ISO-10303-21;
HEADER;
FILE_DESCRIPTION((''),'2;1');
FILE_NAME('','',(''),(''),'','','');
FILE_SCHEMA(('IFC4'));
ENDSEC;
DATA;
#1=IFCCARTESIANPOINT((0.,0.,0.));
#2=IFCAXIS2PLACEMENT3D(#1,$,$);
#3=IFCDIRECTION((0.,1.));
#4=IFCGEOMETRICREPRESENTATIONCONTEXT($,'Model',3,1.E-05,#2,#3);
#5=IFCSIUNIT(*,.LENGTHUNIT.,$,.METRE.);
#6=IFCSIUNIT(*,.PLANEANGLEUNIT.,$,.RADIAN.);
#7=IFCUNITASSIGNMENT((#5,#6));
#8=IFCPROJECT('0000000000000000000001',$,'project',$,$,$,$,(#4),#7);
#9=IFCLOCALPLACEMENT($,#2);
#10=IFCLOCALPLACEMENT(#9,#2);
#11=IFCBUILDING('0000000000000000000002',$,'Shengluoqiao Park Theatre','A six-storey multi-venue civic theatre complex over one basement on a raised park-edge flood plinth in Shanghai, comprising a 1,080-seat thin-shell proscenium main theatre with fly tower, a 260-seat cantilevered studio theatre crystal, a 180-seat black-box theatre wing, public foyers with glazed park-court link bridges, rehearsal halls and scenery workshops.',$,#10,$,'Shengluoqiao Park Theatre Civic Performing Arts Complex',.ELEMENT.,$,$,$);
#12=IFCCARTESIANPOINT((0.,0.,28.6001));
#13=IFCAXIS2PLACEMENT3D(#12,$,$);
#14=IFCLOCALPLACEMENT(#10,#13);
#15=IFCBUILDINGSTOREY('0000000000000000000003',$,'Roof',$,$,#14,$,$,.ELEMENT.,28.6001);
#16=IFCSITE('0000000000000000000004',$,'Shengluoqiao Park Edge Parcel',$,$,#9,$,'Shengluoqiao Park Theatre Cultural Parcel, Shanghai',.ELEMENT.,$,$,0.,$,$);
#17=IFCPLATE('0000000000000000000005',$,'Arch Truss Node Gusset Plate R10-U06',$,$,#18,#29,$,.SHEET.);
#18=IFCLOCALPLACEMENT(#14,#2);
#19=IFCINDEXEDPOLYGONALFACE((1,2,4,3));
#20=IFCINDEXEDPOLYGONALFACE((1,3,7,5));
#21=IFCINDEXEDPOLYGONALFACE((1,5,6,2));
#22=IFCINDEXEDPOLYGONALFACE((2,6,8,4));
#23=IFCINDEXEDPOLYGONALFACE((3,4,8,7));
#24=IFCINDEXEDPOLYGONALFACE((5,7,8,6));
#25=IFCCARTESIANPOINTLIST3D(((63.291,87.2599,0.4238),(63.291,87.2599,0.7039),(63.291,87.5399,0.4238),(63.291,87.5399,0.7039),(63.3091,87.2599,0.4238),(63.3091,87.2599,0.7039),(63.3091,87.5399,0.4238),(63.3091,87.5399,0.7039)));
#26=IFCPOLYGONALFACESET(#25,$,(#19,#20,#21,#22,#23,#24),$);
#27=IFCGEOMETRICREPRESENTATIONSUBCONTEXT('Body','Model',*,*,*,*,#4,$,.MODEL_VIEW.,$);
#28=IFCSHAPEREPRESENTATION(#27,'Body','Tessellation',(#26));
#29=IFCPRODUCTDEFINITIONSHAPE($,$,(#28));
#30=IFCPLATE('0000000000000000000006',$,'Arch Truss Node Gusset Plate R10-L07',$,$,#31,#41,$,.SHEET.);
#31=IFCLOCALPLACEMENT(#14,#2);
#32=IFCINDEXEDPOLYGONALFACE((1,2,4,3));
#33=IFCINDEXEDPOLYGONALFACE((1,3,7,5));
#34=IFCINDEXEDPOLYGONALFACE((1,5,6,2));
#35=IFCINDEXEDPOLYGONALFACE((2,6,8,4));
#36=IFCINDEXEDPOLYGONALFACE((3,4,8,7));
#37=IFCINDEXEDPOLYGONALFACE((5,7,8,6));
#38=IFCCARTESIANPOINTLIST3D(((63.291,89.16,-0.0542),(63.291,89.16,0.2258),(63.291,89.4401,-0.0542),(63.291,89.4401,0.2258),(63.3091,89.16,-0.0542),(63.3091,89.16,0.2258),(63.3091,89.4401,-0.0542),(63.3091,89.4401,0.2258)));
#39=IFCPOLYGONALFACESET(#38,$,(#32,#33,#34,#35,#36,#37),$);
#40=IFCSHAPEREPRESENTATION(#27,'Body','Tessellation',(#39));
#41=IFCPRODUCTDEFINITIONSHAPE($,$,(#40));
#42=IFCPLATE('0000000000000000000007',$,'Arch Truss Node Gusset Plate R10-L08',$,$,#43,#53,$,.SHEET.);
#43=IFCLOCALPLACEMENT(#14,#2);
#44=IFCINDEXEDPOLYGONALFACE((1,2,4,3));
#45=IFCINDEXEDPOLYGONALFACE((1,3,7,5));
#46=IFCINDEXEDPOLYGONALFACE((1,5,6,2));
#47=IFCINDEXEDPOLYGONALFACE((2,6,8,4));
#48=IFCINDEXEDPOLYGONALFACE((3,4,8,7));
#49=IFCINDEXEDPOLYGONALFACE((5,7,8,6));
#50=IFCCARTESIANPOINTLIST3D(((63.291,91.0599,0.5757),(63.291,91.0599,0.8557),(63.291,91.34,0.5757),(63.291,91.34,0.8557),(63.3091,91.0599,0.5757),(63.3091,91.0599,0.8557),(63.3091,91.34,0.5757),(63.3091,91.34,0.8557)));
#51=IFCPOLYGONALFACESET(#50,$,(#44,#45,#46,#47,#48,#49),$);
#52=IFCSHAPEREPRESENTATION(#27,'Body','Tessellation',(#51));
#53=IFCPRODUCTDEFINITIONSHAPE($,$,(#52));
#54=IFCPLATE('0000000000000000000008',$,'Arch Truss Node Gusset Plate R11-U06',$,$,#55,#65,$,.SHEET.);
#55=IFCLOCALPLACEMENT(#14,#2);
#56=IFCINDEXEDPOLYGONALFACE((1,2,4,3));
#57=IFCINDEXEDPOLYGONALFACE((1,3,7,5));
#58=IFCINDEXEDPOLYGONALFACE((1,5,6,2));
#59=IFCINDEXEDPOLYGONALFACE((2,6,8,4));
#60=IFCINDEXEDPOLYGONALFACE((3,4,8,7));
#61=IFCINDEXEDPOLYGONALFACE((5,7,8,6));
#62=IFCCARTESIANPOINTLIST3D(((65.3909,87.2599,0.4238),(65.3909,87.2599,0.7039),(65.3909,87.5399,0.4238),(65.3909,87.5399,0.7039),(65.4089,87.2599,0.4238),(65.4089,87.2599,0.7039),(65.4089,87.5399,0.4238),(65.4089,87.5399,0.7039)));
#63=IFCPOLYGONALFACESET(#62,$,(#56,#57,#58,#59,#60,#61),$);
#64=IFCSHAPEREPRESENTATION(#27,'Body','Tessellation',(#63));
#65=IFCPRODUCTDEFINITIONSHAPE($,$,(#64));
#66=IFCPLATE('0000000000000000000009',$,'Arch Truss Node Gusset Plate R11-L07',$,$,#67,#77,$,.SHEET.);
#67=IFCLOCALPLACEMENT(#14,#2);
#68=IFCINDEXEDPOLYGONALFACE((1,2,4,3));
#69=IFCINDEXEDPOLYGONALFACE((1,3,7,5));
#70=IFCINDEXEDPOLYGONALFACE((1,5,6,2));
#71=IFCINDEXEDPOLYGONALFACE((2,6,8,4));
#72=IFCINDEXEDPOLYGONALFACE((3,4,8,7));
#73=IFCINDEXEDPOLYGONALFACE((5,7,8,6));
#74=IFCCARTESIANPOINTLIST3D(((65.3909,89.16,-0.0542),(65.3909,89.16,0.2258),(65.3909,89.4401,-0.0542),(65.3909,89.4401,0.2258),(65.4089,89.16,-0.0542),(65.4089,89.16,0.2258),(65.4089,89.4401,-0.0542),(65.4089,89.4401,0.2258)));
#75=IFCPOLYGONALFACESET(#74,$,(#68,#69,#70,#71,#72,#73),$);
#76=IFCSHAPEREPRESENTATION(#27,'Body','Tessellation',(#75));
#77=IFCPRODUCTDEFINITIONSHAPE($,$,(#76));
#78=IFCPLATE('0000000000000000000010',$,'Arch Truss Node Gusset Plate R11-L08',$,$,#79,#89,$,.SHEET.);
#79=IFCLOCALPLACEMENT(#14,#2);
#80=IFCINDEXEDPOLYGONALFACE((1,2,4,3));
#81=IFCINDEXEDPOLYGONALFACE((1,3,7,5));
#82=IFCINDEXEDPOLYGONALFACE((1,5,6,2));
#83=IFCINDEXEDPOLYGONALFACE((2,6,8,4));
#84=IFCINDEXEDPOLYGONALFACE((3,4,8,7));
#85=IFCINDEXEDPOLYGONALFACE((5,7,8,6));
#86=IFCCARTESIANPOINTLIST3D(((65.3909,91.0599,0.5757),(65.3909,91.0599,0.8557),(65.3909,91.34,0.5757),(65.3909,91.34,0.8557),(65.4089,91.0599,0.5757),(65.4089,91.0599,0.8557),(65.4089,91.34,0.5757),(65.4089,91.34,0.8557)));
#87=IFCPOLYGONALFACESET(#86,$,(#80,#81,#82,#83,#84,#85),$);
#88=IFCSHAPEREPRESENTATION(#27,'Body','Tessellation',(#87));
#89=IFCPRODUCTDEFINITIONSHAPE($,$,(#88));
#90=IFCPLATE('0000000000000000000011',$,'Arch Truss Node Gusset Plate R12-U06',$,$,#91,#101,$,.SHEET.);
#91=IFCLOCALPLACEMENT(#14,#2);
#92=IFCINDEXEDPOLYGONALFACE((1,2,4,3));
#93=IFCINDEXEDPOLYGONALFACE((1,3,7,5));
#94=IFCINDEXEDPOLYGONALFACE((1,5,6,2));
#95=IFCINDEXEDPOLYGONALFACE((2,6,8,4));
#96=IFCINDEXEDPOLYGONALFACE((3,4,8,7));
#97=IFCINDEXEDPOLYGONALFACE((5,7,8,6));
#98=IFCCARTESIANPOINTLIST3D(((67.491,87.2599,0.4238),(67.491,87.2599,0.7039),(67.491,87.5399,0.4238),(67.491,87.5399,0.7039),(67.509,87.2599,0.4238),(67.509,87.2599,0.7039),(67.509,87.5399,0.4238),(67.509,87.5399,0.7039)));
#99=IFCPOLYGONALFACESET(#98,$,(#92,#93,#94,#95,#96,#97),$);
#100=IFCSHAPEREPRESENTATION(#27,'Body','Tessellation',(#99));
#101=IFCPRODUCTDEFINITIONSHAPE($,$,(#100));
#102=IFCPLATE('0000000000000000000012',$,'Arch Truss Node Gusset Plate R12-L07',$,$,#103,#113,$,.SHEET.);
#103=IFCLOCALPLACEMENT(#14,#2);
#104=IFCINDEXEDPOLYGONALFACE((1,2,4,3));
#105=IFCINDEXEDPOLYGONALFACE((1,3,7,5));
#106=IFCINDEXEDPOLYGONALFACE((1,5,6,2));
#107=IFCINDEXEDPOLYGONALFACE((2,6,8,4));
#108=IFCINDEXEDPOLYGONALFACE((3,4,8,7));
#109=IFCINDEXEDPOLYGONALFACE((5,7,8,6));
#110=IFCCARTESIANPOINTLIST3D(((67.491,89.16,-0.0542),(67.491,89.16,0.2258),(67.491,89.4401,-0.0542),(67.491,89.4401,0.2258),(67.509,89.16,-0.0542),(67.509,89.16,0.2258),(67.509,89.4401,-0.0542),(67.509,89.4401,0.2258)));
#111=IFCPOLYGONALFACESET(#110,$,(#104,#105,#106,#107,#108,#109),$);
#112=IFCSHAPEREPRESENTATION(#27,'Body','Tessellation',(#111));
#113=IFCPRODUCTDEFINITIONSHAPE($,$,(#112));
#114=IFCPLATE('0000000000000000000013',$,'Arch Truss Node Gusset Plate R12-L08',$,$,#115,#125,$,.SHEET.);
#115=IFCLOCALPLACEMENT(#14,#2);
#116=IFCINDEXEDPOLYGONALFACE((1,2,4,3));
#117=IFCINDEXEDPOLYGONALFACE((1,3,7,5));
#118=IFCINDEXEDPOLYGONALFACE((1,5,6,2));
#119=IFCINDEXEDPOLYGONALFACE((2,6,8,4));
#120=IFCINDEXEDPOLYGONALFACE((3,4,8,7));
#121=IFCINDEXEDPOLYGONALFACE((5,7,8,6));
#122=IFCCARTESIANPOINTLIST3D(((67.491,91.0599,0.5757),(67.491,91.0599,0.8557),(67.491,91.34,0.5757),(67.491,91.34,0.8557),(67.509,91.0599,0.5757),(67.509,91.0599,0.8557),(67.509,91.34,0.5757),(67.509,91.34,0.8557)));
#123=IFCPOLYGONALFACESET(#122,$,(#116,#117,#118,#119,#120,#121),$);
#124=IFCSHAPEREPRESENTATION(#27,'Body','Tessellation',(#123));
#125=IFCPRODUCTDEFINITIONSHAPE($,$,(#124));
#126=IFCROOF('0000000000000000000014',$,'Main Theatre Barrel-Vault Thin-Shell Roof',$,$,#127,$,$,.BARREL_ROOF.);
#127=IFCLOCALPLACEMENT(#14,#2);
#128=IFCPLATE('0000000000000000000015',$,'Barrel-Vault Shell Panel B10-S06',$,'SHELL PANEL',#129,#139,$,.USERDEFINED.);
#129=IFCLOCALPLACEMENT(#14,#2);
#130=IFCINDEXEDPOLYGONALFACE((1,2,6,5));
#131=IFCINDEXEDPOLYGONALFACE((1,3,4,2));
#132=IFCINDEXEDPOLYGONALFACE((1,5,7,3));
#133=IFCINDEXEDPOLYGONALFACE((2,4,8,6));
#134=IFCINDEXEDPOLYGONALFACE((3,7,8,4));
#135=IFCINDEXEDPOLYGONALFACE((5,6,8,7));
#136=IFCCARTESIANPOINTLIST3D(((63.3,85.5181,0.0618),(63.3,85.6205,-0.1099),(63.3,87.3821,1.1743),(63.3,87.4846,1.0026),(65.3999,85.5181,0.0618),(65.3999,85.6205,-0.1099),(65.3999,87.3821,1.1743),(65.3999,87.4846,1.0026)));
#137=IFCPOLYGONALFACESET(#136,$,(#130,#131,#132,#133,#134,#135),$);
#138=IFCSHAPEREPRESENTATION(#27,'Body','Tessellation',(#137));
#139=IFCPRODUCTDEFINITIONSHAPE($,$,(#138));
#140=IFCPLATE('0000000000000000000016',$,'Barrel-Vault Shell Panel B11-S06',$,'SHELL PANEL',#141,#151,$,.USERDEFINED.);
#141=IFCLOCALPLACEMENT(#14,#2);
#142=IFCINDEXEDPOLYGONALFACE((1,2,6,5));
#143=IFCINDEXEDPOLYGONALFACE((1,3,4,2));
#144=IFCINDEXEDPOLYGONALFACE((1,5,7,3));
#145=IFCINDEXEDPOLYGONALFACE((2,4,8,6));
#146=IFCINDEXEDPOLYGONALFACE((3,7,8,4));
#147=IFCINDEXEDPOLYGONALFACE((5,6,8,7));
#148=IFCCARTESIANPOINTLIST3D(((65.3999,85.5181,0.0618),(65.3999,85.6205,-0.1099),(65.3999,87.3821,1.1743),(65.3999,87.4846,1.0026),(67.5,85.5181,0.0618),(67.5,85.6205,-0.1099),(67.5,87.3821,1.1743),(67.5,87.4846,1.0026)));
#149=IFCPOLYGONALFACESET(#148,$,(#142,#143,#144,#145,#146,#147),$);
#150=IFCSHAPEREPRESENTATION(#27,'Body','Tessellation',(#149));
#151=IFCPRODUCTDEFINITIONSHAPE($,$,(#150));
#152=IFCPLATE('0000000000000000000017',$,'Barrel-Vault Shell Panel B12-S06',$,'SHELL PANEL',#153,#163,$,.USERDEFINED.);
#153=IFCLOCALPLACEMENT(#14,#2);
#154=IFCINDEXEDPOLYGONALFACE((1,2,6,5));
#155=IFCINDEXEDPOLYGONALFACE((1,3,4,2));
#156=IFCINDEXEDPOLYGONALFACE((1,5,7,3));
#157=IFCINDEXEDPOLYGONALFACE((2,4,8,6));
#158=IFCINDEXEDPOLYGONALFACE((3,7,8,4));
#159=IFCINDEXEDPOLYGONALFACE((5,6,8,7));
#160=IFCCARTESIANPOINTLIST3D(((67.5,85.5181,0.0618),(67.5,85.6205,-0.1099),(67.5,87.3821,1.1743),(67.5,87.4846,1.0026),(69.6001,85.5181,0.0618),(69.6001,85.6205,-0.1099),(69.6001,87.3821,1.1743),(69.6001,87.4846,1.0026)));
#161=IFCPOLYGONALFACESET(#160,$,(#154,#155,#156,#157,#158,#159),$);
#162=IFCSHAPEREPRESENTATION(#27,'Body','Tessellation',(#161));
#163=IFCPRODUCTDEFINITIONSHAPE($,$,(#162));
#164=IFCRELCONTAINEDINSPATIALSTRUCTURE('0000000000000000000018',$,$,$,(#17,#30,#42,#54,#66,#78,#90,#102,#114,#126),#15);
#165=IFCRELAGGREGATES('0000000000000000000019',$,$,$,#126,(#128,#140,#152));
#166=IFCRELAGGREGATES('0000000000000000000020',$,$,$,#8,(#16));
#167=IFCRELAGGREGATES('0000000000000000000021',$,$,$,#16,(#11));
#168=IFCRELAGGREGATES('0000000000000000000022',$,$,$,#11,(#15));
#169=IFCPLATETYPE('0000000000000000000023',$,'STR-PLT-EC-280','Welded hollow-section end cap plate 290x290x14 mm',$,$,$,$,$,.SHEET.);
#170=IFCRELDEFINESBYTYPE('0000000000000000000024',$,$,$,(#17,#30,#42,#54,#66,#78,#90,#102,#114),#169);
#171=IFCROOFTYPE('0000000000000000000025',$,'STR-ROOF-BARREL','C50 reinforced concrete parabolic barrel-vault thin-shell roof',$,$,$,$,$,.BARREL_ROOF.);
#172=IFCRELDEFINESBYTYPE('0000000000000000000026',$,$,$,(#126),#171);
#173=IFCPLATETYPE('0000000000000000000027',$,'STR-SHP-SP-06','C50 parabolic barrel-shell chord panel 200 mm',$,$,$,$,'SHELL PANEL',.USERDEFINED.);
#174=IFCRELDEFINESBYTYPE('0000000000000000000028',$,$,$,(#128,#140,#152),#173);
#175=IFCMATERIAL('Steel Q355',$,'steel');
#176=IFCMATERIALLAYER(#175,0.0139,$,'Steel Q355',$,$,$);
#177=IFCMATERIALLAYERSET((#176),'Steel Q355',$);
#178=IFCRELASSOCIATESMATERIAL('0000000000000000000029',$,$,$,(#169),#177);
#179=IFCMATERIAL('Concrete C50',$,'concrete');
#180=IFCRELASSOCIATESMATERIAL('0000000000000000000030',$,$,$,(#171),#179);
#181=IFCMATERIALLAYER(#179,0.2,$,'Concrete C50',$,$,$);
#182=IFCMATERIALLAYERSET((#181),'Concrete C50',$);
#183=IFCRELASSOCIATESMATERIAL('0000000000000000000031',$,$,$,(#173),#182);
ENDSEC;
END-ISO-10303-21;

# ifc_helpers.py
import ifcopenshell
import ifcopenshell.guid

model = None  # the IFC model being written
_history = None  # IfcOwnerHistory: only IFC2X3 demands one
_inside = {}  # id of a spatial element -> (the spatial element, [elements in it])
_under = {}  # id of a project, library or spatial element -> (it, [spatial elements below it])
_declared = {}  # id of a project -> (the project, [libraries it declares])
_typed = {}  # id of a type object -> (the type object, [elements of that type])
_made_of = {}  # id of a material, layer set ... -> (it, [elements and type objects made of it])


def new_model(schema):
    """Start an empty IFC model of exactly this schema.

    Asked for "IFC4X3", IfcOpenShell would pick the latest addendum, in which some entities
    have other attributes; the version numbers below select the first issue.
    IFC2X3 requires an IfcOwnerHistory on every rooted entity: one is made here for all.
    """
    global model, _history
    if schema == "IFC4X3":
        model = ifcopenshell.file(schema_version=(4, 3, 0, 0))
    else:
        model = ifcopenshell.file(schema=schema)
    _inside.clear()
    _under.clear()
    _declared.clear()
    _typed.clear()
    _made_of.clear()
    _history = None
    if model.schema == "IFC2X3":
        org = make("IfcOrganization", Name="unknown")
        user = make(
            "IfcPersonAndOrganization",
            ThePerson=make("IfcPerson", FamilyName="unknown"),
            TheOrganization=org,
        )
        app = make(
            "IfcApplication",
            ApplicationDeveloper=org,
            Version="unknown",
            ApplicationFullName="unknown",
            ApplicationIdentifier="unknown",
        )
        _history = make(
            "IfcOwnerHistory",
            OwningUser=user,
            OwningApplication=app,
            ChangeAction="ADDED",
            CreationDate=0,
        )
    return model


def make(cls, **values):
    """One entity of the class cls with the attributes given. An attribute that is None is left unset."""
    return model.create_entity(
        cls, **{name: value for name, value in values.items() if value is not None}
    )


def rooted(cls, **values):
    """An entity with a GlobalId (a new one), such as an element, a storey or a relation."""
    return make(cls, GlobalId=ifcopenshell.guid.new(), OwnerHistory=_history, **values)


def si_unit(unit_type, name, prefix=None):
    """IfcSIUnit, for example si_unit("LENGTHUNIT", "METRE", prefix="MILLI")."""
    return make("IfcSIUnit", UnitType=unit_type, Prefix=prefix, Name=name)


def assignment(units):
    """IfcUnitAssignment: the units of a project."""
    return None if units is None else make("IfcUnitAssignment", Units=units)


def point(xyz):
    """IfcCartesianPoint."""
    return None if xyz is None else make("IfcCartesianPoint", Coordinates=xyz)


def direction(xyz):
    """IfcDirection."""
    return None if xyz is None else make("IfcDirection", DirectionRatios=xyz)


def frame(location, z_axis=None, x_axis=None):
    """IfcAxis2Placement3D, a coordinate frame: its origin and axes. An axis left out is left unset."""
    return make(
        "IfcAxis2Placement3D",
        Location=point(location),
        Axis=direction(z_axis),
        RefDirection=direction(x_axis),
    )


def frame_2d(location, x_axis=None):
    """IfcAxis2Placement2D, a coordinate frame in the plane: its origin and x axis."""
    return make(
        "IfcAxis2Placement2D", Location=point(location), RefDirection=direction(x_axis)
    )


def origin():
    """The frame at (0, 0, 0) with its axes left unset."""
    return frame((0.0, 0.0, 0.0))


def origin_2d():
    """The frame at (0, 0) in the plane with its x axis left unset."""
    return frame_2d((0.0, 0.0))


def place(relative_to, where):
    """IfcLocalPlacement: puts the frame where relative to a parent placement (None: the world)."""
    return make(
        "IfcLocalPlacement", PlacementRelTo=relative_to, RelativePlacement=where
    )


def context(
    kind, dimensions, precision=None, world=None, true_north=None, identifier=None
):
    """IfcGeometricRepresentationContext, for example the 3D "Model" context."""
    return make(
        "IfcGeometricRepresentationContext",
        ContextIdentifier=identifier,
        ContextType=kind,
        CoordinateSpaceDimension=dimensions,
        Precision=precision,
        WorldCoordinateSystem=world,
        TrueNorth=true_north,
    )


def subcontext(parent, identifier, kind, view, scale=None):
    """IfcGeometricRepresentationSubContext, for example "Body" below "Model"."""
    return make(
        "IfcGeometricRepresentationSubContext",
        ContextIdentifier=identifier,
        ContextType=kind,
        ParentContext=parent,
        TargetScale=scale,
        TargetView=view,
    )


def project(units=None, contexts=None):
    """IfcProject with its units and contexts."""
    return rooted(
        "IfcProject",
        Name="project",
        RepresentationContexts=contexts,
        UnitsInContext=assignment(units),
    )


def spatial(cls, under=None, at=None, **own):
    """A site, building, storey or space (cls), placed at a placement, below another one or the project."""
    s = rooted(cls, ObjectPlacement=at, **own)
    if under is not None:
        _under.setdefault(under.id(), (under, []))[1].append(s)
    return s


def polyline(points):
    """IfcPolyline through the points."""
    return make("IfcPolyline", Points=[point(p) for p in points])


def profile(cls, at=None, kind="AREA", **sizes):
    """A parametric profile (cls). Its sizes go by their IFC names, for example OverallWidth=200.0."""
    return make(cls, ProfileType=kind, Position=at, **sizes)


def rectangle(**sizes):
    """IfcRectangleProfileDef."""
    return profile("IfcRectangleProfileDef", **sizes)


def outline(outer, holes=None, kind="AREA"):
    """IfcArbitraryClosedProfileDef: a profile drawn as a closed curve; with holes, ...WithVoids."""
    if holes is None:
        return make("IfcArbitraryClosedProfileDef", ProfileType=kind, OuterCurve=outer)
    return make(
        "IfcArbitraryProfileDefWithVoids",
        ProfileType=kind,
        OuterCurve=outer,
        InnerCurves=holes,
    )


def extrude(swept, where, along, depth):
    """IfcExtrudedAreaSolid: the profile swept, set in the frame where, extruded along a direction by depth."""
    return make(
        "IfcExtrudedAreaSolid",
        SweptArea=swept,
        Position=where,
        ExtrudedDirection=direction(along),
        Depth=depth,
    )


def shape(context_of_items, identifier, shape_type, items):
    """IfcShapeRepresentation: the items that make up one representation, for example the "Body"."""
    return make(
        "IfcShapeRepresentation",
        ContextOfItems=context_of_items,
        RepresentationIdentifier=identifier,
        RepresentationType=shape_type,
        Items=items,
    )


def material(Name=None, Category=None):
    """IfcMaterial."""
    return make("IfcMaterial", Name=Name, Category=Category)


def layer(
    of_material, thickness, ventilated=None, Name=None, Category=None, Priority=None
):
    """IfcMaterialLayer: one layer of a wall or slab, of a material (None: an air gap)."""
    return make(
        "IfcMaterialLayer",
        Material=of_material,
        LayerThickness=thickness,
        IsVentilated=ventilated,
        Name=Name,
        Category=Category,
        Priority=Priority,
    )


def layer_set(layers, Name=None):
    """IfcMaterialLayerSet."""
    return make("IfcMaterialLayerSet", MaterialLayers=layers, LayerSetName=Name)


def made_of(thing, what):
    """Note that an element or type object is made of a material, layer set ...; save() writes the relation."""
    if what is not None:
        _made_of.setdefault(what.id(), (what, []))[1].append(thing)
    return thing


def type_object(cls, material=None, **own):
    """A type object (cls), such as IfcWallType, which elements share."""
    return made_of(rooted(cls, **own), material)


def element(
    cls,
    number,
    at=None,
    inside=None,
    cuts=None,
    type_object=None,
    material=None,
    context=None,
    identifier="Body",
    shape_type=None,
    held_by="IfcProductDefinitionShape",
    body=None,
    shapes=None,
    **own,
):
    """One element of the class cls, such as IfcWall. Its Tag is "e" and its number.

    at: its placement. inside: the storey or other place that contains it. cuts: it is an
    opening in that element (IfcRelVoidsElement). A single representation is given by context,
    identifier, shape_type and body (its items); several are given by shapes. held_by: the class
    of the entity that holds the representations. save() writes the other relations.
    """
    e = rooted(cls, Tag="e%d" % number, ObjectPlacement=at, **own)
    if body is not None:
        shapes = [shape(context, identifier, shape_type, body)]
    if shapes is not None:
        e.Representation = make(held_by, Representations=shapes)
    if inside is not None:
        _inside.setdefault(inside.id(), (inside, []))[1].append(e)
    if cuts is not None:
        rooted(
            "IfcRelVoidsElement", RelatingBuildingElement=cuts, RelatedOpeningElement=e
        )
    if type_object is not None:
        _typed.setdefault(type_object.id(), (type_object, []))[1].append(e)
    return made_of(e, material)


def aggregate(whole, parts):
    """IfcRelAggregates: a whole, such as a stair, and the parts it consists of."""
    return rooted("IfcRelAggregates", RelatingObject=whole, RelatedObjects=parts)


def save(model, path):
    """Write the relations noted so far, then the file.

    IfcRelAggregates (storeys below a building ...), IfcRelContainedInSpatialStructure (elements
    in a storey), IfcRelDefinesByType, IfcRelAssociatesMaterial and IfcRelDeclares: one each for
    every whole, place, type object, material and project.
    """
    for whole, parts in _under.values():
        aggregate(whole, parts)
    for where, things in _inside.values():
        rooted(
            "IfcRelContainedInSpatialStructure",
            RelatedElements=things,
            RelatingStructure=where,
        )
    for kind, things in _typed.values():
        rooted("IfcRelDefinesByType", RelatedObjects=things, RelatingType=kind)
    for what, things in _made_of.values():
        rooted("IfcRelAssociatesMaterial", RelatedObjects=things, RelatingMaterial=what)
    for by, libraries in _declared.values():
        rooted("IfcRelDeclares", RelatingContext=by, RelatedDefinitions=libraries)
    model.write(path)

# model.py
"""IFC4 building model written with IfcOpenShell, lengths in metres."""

from ifc_helpers import new_model, si_unit, direction, frame, origin, origin_2d, place, context, subcontext, project, spatial, polyline, rectangle, outline, extrude, material, layer, layer_set, type_object, element, aggregate, save


model = new_model("IFC4")

# Units and contexts
model_context = context("Model", 3, precision=1e-05, world=origin(), true_north=direction((0.0, 1.0)))
body_context = subcontext(model_context, "Body", "Model", "MODEL_VIEW")
ifc_project = project(units=[si_unit("LENGTHUNIT", "METRE"), si_unit("PLANEANGLEUNIT", "RADIAN")], contexts=[model_context])

# Site, building, storey
site_placement = place(None, origin())
site = spatial("IfcSite", under=ifc_project, at=site_placement, Name="Shengluoqiao Park Edge Parcel", LongName="Shengluoqiao Park Theatre Cultural Parcel, Shanghai", CompositionType="ELEMENT", RefElevation=0.0)
building_placement = place(site_placement, origin())
building = spatial("IfcBuilding", under=site, at=building_placement, Name="Shengluoqiao Park Theatre", Description="A six-storey multi-venue civic theatre complex over one basement on a raised park-edge flood plinth in Shanghai, comprising a 1,080-seat thin-shell proscenium main theatre with fly tower, a 260-seat cantilevered studio theatre crystal, a 180-seat black-box theatre wing, public foyers with glazed park-court link bridges, rehearsal halls and scenery workshops.", LongName="Shengluoqiao Park Theatre Civic Performing Arts Complex", CompositionType="ELEMENT")
storey_placement = place(building_placement, frame((0.0, 0.0, 28.6001)))
storey = spatial("IfcBuildingStorey", under=building, at=storey_placement, Name="Roof", CompositionType="ELEMENT", Elevation=28.6001)

# Shared definitions
ifc_material_1 = material(Name="Concrete C50", Category="concrete")
ifc_material_2 = material(Name="Steel Q355", Category="steel")

# Plates
ifc_layer_1 = layer(ifc_material_2, 0.0139, Name="Steel Q355")
ifc_layer_set_1 = layer_set([ifc_layer_1], Name="Steel Q355")
plate_type_1 = type_object("IfcPlateType", Name="STR-PLT-EC-280", Description="Welded hollow-section end cap plate 290x290x14 mm", PredefinedType="SHEET", material=ifc_layer_set_1)
for number, where, z_axis, x_axis, name in (
    (1, (63.3, 87.3999, 0.4238), (0.0, 0.0, 1.0), (1.0, 0.0, 0.0), "Arch Truss Node Gusset Plate R10-U06"),
    (2, (63.3, 89.3, -0.0542), (0.0, 0.0, 1.0), (1.0, 0.0, 0.0), "Arch Truss Node Gusset Plate R10-L07"),
    (3, (63.3, 91.2, 0.5757), (0.0, 0.0, 1.0), (1.0, 0.0, 0.0), "Arch Truss Node Gusset Plate R10-L08"),
    (4, (65.3999, 87.3999, 0.4238), (0.0, 0.0, 1.0), (1.0, 0.0, 0.0), "Arch Truss Node Gusset Plate R11-U06"),
    (5, (65.3999, 89.3, -0.0542), (0.0, 0.0, 1.0), (1.0, 0.0, 0.0), "Arch Truss Node Gusset Plate R11-L07"),
    (6, (65.3999, 91.2, 0.5757), (0.0, 0.0, 1.0), (1.0, 0.0, 0.0), "Arch Truss Node Gusset Plate R11-L08"),
    (7, (67.5, 87.3999, 0.4238), (0.0, 0.0, 1.0), (1.0, 0.0, 0.0), "Arch Truss Node Gusset Plate R12-U06"),
    (8, (67.5, 89.3, -0.0542), (0.0, 0.0, 1.0), (1.0, 0.0, 0.0), "Arch Truss Node Gusset Plate R12-L07"),
    (9, (67.5, 91.2, 0.5757), (0.0, 0.0, 1.0), (1.0, 0.0, 0.0), "Arch Truss Node Gusset Plate R12-L08"),
):
    element("IfcPlate", number, at=place(storey_placement, frame(where, z_axis=z_axis, x_axis=x_axis)), inside=storey, type_object=plate_type_1, Name=name, PredefinedType="SHEET", context=body_context, shape_type="SweptSolid", body=[
        extrude(rectangle(XDim=0.0181, YDim=0.28, at=origin_2d()), origin(), (0.0, 0.0, 1.0), 0.28),
    ])

# Roof, plates
roof_type = type_object("IfcRoofType", Name="STR-ROOF-BARREL", Description="C50 reinforced concrete parabolic barrel-vault thin-shell roof", PredefinedType="BARREL_ROOF", material=ifc_material_1)
roof_placement = place(storey_placement, origin())
roof = element("IfcRoof", 10, at=roof_placement, inside=storey, type_object=roof_type, Name="Main Theatre Barrel-Vault Thin-Shell Roof", PredefinedType="BARREL_ROOF")
ifc_layer_2 = layer(ifc_material_1, 0.2, Name="Concrete C50")
ifc_layer_set_2 = layer_set([ifc_layer_2], Name="Concrete C50")
plate_type_2 = type_object("IfcPlateType", Name="STR-SHP-SP-06", Description="C50 parabolic barrel-shell chord panel 200 mm", ElementType="SHELL PANEL", PredefinedType="USERDEFINED", material=ifc_layer_set_2)
plate_1_placement = place(storey_placement, frame((63.3, 85.5181, 0.0618), z_axis=(0.0, -0.51251, 0.858681), x_axis=(1.0, 0.0, 0.0)))
plate_1 = element("IfcPlate", 11, at=plate_1_placement, type_object=plate_type_2, Name="Barrel-Vault Shell Panel B10-S06", ObjectType="SHELL PANEL", PredefinedType="USERDEFINED", context=body_context, shape_type="SweptSolid", body=[
    extrude(outline(polyline([(0.0, 0.0), (2.0999, 0.0), (2.0999, 2.1708), (0.0, 2.1708), (0.0, 0.0)])), origin(), (0.0, 0.0, -1.0), 0.2),
])
plate_2_placement = place(storey_placement, frame((65.3999, 85.5181, 0.0618), z_axis=(0.0, -0.51251, 0.858681), x_axis=(1.0, 0.0, 0.0)))
plate_2 = element("IfcPlate", 12, at=plate_2_placement, type_object=plate_type_2, Name="Barrel-Vault Shell Panel B11-S06", ObjectType="SHELL PANEL", PredefinedType="USERDEFINED", context=body_context, shape_type="SweptSolid", body=[
    extrude(outline(polyline([(0.0, 0.0), (2.1001, 0.0), (2.1001, 2.1708), (0.0, 2.1708), (0.0, 0.0)])), origin(), (0.0, 0.0, -1.0), 0.2),
])
plate_3_placement = place(storey_placement, frame((67.5, 85.5181, 0.0618), z_axis=(0.0, -0.51251, 0.858681), x_axis=(1.0, 0.0, 0.0)))
plate_3 = element("IfcPlate", 13, at=plate_3_placement, type_object=plate_type_2, Name="Barrel-Vault Shell Panel B12-S06", ObjectType="SHELL PANEL", PredefinedType="USERDEFINED", context=body_context, shape_type="SweptSolid", body=[
    extrude(outline(polyline([(0.0, 0.0), (2.1001, 0.0), (2.1001, 2.1708), (0.0, 2.1708), (0.0, 0.0)])), origin(), (0.0, 0.0, -1.0), 0.2),
])
aggregate(roof, [plate_1, plate_2, plate_3])

save(model, "model.ifc")
